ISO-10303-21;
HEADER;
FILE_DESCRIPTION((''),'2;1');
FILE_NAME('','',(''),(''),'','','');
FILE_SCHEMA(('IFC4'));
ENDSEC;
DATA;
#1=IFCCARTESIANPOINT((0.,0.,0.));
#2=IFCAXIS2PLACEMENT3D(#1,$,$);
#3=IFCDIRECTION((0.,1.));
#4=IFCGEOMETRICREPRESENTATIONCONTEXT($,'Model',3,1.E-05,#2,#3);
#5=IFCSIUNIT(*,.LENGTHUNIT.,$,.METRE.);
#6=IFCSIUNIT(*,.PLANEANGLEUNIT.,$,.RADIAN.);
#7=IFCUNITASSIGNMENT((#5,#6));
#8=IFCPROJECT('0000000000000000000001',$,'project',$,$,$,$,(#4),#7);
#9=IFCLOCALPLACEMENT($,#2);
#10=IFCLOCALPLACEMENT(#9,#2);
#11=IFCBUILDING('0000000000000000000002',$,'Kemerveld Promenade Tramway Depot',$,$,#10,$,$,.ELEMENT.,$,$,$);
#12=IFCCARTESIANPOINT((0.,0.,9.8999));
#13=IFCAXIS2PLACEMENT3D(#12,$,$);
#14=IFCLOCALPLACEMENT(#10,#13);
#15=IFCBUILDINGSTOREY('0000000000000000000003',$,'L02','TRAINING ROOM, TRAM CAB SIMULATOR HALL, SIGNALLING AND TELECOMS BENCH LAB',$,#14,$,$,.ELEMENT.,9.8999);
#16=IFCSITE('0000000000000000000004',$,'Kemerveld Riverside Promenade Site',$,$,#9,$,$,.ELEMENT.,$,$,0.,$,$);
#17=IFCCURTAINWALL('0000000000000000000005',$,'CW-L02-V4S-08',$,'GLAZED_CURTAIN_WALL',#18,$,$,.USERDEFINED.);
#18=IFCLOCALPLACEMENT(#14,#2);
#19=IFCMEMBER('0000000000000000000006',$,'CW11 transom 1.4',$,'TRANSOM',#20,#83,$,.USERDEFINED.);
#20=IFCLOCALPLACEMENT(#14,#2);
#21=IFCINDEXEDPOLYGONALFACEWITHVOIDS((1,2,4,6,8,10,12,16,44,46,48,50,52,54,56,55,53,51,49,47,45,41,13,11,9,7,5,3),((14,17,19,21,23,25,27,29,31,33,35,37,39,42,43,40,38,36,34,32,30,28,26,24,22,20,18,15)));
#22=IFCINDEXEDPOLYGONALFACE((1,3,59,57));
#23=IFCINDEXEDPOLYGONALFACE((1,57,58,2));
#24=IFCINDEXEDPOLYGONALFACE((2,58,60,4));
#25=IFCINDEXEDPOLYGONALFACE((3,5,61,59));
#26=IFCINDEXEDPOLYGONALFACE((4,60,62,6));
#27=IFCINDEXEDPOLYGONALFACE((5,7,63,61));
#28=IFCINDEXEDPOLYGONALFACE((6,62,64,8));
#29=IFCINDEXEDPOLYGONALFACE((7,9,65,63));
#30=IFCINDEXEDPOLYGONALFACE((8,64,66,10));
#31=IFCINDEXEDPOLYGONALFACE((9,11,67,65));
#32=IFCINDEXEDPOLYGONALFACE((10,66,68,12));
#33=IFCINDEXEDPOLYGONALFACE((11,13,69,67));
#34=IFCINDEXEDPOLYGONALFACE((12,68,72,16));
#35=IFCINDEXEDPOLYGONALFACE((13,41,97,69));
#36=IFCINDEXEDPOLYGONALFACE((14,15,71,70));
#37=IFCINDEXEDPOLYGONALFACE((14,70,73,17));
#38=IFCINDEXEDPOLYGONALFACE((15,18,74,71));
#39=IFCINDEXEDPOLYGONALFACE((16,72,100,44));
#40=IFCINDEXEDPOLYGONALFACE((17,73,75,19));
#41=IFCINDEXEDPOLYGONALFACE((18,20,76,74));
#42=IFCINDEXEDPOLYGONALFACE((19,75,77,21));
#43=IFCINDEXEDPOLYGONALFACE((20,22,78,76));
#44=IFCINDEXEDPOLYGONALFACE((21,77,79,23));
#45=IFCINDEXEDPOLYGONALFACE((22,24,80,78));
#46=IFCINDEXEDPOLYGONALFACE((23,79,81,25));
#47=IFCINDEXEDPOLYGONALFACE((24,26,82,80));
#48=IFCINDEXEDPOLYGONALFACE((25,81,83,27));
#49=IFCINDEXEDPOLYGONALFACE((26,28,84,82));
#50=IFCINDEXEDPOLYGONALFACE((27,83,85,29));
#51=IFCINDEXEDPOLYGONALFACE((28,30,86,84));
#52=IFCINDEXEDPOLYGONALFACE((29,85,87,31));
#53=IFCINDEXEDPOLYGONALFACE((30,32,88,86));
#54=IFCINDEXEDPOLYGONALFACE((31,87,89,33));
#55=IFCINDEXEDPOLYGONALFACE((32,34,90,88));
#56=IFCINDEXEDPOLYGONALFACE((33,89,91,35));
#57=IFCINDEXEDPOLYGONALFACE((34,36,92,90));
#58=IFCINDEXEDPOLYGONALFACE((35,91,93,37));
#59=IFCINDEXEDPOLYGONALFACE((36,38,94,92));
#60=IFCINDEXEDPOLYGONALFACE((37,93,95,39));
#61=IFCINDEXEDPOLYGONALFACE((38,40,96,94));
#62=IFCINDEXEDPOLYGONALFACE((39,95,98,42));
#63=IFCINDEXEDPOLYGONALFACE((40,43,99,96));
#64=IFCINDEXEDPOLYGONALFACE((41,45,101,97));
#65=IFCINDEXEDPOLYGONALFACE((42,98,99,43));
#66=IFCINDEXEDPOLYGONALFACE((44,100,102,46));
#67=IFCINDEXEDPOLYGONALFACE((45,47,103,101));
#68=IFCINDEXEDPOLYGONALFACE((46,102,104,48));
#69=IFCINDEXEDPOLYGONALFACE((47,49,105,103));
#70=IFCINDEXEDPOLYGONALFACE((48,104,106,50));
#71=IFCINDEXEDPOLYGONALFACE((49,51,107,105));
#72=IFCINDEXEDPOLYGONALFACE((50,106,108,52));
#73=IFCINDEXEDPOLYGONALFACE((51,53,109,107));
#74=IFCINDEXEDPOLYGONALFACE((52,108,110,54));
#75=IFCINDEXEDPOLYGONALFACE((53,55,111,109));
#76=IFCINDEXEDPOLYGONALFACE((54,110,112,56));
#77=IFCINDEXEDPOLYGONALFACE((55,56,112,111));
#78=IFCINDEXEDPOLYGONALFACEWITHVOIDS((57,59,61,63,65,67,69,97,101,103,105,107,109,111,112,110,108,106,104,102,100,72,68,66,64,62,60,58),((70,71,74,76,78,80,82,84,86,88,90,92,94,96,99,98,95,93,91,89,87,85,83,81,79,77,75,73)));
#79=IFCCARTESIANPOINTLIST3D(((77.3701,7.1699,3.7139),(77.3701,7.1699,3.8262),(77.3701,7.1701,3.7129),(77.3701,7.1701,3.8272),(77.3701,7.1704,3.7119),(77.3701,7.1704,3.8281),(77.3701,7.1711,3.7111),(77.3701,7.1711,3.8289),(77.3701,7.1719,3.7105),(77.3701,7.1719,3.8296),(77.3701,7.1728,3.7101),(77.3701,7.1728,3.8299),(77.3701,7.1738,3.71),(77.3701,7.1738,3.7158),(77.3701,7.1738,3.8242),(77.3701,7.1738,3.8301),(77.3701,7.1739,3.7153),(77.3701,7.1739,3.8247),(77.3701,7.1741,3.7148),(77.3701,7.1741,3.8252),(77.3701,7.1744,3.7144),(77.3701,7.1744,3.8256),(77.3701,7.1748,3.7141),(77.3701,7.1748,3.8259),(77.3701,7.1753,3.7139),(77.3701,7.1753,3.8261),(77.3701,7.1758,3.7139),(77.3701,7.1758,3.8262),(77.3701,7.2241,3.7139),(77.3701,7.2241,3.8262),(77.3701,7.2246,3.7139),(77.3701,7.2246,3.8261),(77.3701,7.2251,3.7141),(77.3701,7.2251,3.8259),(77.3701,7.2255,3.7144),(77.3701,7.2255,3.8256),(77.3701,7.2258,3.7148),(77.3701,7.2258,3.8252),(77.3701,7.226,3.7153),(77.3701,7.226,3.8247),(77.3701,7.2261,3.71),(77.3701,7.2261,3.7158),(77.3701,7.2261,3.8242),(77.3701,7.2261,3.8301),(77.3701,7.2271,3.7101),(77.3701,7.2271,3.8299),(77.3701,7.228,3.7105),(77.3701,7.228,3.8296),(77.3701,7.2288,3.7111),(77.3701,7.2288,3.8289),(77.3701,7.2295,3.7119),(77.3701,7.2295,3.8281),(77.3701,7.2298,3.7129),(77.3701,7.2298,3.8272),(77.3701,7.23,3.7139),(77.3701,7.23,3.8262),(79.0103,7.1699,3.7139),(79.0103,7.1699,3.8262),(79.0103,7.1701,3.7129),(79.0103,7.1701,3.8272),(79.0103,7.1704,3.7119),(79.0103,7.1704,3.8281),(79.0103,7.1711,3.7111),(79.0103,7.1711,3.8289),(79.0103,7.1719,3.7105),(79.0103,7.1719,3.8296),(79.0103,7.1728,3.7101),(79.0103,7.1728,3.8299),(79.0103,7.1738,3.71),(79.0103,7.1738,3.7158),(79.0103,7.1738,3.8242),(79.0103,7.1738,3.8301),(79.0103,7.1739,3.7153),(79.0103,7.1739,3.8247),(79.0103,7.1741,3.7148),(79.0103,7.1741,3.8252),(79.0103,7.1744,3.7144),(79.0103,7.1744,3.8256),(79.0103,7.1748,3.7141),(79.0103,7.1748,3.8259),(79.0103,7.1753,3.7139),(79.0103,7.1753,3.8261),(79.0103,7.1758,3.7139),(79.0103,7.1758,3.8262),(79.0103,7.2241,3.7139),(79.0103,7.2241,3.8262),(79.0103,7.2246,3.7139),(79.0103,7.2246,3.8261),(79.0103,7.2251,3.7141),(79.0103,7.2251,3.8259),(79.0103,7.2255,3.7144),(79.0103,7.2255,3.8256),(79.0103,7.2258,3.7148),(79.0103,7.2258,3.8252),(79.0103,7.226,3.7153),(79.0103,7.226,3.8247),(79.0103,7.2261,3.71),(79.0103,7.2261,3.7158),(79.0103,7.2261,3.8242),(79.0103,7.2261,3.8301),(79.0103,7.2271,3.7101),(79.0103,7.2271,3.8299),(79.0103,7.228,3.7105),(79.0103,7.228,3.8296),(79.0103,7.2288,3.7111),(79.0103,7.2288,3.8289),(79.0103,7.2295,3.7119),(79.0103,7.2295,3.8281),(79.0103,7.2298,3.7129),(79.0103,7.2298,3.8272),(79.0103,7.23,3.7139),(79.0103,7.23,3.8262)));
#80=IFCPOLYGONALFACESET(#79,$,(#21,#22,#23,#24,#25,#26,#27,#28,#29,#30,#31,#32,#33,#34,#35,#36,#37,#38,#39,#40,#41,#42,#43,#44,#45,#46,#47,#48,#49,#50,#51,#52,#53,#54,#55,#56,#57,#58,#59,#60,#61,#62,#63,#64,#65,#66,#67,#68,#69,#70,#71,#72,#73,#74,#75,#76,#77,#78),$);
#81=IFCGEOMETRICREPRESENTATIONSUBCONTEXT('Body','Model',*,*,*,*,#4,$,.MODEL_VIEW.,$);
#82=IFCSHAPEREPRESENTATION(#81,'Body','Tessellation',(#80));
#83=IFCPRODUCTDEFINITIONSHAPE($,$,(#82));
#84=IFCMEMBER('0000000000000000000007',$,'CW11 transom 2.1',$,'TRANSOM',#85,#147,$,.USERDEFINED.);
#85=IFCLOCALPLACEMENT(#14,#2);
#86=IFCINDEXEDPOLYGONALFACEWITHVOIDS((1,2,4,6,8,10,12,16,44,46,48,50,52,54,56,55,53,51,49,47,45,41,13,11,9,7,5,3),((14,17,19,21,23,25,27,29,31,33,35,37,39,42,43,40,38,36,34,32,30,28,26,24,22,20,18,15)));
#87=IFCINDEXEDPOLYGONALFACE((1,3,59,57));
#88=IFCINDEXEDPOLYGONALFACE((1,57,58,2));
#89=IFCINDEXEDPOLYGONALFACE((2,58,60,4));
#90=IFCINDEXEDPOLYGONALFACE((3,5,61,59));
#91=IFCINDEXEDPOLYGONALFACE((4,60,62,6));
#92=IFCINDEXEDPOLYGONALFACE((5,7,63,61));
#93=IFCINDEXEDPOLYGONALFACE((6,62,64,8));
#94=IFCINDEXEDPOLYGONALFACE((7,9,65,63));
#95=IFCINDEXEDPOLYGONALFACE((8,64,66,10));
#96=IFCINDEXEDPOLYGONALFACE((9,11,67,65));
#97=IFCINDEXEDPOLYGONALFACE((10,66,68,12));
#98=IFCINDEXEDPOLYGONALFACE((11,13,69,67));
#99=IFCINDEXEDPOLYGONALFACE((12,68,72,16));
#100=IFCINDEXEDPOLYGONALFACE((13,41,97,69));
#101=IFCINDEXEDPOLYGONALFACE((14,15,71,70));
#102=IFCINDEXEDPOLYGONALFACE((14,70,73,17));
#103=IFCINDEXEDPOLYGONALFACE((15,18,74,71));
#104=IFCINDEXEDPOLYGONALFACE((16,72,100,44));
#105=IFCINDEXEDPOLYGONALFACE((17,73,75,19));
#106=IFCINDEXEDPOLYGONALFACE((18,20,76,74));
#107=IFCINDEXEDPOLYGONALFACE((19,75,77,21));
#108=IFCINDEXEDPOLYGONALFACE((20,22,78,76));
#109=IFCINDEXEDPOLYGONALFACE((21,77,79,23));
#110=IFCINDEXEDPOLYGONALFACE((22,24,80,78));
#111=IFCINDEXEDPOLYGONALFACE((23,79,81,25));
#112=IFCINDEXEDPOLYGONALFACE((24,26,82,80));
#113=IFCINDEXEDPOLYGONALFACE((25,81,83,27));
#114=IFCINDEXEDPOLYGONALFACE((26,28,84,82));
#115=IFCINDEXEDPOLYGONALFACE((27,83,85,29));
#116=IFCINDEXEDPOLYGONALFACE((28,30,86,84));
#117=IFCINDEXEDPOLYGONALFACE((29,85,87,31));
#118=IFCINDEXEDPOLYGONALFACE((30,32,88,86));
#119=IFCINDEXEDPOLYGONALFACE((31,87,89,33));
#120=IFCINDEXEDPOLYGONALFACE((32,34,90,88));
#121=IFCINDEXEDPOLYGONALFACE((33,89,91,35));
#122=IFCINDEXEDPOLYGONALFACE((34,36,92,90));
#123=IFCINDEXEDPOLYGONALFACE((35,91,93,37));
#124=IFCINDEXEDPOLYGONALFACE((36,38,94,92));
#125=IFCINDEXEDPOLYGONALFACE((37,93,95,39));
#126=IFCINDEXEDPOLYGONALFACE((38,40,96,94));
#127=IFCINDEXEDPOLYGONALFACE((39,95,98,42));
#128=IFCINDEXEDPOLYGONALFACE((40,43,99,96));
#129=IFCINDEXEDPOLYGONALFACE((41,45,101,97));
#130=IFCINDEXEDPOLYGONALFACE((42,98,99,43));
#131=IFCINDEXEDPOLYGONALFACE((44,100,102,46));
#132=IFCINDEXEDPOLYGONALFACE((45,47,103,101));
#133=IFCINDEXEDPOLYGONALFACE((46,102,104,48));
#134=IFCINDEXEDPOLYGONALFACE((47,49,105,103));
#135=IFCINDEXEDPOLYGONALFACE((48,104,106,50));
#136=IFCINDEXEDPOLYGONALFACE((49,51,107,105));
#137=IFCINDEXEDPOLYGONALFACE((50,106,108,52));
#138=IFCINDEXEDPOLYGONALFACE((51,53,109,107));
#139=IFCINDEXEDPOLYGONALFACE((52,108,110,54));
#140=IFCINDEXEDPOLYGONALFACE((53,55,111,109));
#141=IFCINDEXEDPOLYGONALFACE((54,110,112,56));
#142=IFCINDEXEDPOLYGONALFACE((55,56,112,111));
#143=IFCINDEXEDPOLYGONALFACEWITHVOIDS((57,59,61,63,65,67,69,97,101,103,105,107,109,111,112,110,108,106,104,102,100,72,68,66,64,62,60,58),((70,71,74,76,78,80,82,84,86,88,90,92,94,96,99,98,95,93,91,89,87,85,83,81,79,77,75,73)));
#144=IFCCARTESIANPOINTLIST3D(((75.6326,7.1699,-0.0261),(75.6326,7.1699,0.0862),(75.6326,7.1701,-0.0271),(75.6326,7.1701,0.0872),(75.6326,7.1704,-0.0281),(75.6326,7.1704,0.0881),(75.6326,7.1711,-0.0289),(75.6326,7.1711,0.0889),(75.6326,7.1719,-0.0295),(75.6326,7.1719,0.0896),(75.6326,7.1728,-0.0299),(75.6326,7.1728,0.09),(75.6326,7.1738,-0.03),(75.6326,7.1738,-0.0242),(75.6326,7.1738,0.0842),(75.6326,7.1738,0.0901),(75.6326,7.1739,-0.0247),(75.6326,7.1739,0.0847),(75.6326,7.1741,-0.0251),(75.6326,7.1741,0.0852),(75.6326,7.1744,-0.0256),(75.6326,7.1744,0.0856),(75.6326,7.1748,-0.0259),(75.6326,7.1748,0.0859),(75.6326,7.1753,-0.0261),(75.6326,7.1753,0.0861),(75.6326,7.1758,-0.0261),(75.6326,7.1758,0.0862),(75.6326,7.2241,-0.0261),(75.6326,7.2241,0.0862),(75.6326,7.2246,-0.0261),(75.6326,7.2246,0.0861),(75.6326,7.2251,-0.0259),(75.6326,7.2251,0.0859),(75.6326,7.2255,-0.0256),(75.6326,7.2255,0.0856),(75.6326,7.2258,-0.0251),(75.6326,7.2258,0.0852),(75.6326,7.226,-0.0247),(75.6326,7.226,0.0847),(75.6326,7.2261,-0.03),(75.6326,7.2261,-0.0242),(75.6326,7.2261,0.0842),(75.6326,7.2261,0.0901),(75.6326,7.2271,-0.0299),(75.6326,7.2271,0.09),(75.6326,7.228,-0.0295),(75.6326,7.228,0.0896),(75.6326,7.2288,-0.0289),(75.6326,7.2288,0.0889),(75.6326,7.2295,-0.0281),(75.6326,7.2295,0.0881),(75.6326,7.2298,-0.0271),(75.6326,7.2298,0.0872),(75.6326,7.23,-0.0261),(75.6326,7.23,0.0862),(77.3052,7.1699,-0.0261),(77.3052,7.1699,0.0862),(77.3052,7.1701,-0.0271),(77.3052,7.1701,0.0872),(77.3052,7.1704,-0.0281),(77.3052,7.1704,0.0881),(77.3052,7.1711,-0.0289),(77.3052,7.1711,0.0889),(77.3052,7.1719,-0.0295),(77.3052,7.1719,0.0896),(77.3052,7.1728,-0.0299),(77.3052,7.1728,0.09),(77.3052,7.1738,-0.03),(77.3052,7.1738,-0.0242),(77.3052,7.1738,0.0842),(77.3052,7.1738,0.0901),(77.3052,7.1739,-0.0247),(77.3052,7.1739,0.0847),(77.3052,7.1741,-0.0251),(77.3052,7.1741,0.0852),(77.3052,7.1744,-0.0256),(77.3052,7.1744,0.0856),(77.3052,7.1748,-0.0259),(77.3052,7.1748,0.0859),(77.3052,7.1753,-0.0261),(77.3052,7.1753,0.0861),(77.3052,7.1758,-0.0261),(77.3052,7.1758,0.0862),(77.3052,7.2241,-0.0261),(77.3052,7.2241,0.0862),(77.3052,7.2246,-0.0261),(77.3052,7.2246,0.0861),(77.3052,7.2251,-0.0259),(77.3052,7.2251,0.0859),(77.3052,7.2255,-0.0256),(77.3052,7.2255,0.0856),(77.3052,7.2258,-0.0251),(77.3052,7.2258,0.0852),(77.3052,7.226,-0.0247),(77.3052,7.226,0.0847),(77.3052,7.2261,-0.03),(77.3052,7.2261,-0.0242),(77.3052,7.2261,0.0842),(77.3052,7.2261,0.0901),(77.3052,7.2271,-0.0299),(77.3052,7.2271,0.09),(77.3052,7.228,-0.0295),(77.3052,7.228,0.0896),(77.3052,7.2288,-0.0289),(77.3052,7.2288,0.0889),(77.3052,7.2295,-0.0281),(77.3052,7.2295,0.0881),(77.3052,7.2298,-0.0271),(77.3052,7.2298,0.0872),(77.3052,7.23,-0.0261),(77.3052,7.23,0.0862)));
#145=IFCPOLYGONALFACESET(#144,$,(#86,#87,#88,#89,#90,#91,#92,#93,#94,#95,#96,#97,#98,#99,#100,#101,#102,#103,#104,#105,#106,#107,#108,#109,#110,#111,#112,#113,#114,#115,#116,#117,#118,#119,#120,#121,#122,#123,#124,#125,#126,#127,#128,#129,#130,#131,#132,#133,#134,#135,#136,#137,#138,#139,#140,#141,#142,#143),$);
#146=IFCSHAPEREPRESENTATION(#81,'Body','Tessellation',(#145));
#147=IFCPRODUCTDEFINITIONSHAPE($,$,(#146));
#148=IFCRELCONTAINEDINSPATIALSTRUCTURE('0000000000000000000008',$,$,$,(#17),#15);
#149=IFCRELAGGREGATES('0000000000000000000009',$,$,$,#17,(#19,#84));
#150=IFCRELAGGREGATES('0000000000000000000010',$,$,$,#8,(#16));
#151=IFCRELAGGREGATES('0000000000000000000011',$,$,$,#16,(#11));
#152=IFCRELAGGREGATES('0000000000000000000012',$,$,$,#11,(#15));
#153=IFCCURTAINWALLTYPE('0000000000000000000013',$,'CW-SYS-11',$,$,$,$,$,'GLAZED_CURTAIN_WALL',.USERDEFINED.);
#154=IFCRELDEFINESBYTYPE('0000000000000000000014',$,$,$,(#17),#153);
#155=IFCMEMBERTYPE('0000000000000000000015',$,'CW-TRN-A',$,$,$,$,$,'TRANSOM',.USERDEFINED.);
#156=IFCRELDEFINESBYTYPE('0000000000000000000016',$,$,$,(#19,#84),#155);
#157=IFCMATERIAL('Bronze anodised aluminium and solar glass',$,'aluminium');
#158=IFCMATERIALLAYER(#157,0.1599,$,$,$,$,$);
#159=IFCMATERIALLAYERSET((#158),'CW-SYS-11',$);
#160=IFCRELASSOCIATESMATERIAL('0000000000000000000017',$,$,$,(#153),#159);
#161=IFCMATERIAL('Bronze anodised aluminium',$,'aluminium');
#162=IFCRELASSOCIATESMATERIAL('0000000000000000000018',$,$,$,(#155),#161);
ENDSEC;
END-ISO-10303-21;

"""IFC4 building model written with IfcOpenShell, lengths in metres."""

from ifc_helpers import new_model, si_unit, direction, frame, origin, origin_2d, place, context, subcontext, project, spatial, hollow_rectangle, extrude, material, layer, layer_set, material_profile, profile_set, type_object, element, aggregate, save


model = new_model("IFC4")

# Units and contexts
model_context = context("Model", 3, precision=1e-05, world=origin(), true_north=direction((0.0, 1.0)))
body_context = subcontext(model_context, "Body", "Model", "MODEL_VIEW")
ifc_project = project(units=[si_unit("LENGTHUNIT", "METRE"), si_unit("PLANEANGLEUNIT", "RADIAN")], contexts=[model_context])

# Site, building, storey
site_placement = place(None, origin())
site = spatial("IfcSite", under=ifc_project, at=site_placement, Name="Kemerveld Riverside Promenade Site", CompositionType="ELEMENT", RefElevation=0.0)
building_placement = place(site_placement, origin())
building = spatial("IfcBuilding", under=site, at=building_placement, Name="Kemerveld Promenade Tramway Depot", CompositionType="ELEMENT")
storey_placement = place(building_placement, frame((0.0, 0.0, 9.8999)))
storey = spatial("IfcBuildingStorey", under=building, at=storey_placement, Name="L02", Description="TRAINING ROOM, TRAM CAB SIMULATOR HALL, SIGNALLING AND TELECOMS BENCH LAB", CompositionType="ELEMENT", Elevation=9.8999)

# Curtain wall, members
ifc_material_1 = material(Name="Bronze anodised aluminium and solar glass", Category="aluminium")
ifc_layer_1 = layer(ifc_material_1, 0.1599)
ifc_layer_set_1 = layer_set([ifc_layer_1], Name="CW-SYS-11")
curtain_wall_type = type_object("IfcCurtainWallType", Name="CW-SYS-11", ElementType="GLAZED_CURTAIN_WALL", PredefinedType="USERDEFINED", material=ifc_layer_set_1)
curtain_wall_placement = place(storey_placement, origin())
curtain_wall = element("IfcCurtainWall", 1, at=curtain_wall_placement, inside=storey, type_object=curtain_wall_type, Name="CW-L02-V4S-08", ObjectType="GLAZED_CURTAIN_WALL", PredefinedType="USERDEFINED")
ifc_material_2 = material(Name="Bronze anodised aluminium", Category="aluminium")
ifc_material_profile_1 = material_profile(ifc_material_2, hollow_rectangle(XDim=0.0601, YDim=0.1201, WallThickness=0.0039, InnerFilletRadius=0.002, OuterFilletRadius=0.0039, at=origin_2d()), Name="CW-TRN-120x60")
ifc_profile_set_1 = profile_set([ifc_material_profile_1], Name="Bronze anodised aluminium")
member_type_1 = type_object("IfcMemberType", Name="CW-TRN-A", ElementType="TRANSOM", PredefinedType="USERDEFINED", material=ifc_profile_set_1)
member_1_placement = place(storey_placement, frame((79.0103, 7.2, 3.77), z_axis=(-1.0, 0.0, 0.0), x_axis=(0.0, -1.0, 0.0)))
member_1 = element("IfcMember", 2, at=member_1_placement, type_object=member_type_1, Name="CW11 transom 1.4", ObjectType="TRANSOM", PredefinedType="USERDEFINED", context=body_context, shape_type="SweptSolid", body=[
    extrude(hollow_rectangle(XDim=0.0601, YDim=0.1201, WallThickness=0.0039, InnerFilletRadius=0.002, OuterFilletRadius=0.0039, at=origin_2d()), origin(), (0.0, 0.0, 1.0), 1.6401),
])
member_2_placement = place(storey_placement, frame((77.3052, 7.2, 0.03), z_axis=(-1.0, 0.0, 0.0), x_axis=(0.0, -1.0, 0.0)))
member_2 = element("IfcMember", 3, at=member_2_placement, type_object=member_type_1, Name="CW11 transom 2.1", ObjectType="TRANSOM", PredefinedType="USERDEFINED", context=body_context, shape_type="SweptSolid", body=[
    extrude(hollow_rectangle(XDim=0.0601, YDim=0.1201, WallThickness=0.0039, InnerFilletRadius=0.002, OuterFilletRadius=0.0039, at=origin_2d()), origin(), (0.0, 0.0, 1.0), 1.6726),
])
aggregate(curtain_wall, [member_1, member_2])

save(model, "model.ifc")
